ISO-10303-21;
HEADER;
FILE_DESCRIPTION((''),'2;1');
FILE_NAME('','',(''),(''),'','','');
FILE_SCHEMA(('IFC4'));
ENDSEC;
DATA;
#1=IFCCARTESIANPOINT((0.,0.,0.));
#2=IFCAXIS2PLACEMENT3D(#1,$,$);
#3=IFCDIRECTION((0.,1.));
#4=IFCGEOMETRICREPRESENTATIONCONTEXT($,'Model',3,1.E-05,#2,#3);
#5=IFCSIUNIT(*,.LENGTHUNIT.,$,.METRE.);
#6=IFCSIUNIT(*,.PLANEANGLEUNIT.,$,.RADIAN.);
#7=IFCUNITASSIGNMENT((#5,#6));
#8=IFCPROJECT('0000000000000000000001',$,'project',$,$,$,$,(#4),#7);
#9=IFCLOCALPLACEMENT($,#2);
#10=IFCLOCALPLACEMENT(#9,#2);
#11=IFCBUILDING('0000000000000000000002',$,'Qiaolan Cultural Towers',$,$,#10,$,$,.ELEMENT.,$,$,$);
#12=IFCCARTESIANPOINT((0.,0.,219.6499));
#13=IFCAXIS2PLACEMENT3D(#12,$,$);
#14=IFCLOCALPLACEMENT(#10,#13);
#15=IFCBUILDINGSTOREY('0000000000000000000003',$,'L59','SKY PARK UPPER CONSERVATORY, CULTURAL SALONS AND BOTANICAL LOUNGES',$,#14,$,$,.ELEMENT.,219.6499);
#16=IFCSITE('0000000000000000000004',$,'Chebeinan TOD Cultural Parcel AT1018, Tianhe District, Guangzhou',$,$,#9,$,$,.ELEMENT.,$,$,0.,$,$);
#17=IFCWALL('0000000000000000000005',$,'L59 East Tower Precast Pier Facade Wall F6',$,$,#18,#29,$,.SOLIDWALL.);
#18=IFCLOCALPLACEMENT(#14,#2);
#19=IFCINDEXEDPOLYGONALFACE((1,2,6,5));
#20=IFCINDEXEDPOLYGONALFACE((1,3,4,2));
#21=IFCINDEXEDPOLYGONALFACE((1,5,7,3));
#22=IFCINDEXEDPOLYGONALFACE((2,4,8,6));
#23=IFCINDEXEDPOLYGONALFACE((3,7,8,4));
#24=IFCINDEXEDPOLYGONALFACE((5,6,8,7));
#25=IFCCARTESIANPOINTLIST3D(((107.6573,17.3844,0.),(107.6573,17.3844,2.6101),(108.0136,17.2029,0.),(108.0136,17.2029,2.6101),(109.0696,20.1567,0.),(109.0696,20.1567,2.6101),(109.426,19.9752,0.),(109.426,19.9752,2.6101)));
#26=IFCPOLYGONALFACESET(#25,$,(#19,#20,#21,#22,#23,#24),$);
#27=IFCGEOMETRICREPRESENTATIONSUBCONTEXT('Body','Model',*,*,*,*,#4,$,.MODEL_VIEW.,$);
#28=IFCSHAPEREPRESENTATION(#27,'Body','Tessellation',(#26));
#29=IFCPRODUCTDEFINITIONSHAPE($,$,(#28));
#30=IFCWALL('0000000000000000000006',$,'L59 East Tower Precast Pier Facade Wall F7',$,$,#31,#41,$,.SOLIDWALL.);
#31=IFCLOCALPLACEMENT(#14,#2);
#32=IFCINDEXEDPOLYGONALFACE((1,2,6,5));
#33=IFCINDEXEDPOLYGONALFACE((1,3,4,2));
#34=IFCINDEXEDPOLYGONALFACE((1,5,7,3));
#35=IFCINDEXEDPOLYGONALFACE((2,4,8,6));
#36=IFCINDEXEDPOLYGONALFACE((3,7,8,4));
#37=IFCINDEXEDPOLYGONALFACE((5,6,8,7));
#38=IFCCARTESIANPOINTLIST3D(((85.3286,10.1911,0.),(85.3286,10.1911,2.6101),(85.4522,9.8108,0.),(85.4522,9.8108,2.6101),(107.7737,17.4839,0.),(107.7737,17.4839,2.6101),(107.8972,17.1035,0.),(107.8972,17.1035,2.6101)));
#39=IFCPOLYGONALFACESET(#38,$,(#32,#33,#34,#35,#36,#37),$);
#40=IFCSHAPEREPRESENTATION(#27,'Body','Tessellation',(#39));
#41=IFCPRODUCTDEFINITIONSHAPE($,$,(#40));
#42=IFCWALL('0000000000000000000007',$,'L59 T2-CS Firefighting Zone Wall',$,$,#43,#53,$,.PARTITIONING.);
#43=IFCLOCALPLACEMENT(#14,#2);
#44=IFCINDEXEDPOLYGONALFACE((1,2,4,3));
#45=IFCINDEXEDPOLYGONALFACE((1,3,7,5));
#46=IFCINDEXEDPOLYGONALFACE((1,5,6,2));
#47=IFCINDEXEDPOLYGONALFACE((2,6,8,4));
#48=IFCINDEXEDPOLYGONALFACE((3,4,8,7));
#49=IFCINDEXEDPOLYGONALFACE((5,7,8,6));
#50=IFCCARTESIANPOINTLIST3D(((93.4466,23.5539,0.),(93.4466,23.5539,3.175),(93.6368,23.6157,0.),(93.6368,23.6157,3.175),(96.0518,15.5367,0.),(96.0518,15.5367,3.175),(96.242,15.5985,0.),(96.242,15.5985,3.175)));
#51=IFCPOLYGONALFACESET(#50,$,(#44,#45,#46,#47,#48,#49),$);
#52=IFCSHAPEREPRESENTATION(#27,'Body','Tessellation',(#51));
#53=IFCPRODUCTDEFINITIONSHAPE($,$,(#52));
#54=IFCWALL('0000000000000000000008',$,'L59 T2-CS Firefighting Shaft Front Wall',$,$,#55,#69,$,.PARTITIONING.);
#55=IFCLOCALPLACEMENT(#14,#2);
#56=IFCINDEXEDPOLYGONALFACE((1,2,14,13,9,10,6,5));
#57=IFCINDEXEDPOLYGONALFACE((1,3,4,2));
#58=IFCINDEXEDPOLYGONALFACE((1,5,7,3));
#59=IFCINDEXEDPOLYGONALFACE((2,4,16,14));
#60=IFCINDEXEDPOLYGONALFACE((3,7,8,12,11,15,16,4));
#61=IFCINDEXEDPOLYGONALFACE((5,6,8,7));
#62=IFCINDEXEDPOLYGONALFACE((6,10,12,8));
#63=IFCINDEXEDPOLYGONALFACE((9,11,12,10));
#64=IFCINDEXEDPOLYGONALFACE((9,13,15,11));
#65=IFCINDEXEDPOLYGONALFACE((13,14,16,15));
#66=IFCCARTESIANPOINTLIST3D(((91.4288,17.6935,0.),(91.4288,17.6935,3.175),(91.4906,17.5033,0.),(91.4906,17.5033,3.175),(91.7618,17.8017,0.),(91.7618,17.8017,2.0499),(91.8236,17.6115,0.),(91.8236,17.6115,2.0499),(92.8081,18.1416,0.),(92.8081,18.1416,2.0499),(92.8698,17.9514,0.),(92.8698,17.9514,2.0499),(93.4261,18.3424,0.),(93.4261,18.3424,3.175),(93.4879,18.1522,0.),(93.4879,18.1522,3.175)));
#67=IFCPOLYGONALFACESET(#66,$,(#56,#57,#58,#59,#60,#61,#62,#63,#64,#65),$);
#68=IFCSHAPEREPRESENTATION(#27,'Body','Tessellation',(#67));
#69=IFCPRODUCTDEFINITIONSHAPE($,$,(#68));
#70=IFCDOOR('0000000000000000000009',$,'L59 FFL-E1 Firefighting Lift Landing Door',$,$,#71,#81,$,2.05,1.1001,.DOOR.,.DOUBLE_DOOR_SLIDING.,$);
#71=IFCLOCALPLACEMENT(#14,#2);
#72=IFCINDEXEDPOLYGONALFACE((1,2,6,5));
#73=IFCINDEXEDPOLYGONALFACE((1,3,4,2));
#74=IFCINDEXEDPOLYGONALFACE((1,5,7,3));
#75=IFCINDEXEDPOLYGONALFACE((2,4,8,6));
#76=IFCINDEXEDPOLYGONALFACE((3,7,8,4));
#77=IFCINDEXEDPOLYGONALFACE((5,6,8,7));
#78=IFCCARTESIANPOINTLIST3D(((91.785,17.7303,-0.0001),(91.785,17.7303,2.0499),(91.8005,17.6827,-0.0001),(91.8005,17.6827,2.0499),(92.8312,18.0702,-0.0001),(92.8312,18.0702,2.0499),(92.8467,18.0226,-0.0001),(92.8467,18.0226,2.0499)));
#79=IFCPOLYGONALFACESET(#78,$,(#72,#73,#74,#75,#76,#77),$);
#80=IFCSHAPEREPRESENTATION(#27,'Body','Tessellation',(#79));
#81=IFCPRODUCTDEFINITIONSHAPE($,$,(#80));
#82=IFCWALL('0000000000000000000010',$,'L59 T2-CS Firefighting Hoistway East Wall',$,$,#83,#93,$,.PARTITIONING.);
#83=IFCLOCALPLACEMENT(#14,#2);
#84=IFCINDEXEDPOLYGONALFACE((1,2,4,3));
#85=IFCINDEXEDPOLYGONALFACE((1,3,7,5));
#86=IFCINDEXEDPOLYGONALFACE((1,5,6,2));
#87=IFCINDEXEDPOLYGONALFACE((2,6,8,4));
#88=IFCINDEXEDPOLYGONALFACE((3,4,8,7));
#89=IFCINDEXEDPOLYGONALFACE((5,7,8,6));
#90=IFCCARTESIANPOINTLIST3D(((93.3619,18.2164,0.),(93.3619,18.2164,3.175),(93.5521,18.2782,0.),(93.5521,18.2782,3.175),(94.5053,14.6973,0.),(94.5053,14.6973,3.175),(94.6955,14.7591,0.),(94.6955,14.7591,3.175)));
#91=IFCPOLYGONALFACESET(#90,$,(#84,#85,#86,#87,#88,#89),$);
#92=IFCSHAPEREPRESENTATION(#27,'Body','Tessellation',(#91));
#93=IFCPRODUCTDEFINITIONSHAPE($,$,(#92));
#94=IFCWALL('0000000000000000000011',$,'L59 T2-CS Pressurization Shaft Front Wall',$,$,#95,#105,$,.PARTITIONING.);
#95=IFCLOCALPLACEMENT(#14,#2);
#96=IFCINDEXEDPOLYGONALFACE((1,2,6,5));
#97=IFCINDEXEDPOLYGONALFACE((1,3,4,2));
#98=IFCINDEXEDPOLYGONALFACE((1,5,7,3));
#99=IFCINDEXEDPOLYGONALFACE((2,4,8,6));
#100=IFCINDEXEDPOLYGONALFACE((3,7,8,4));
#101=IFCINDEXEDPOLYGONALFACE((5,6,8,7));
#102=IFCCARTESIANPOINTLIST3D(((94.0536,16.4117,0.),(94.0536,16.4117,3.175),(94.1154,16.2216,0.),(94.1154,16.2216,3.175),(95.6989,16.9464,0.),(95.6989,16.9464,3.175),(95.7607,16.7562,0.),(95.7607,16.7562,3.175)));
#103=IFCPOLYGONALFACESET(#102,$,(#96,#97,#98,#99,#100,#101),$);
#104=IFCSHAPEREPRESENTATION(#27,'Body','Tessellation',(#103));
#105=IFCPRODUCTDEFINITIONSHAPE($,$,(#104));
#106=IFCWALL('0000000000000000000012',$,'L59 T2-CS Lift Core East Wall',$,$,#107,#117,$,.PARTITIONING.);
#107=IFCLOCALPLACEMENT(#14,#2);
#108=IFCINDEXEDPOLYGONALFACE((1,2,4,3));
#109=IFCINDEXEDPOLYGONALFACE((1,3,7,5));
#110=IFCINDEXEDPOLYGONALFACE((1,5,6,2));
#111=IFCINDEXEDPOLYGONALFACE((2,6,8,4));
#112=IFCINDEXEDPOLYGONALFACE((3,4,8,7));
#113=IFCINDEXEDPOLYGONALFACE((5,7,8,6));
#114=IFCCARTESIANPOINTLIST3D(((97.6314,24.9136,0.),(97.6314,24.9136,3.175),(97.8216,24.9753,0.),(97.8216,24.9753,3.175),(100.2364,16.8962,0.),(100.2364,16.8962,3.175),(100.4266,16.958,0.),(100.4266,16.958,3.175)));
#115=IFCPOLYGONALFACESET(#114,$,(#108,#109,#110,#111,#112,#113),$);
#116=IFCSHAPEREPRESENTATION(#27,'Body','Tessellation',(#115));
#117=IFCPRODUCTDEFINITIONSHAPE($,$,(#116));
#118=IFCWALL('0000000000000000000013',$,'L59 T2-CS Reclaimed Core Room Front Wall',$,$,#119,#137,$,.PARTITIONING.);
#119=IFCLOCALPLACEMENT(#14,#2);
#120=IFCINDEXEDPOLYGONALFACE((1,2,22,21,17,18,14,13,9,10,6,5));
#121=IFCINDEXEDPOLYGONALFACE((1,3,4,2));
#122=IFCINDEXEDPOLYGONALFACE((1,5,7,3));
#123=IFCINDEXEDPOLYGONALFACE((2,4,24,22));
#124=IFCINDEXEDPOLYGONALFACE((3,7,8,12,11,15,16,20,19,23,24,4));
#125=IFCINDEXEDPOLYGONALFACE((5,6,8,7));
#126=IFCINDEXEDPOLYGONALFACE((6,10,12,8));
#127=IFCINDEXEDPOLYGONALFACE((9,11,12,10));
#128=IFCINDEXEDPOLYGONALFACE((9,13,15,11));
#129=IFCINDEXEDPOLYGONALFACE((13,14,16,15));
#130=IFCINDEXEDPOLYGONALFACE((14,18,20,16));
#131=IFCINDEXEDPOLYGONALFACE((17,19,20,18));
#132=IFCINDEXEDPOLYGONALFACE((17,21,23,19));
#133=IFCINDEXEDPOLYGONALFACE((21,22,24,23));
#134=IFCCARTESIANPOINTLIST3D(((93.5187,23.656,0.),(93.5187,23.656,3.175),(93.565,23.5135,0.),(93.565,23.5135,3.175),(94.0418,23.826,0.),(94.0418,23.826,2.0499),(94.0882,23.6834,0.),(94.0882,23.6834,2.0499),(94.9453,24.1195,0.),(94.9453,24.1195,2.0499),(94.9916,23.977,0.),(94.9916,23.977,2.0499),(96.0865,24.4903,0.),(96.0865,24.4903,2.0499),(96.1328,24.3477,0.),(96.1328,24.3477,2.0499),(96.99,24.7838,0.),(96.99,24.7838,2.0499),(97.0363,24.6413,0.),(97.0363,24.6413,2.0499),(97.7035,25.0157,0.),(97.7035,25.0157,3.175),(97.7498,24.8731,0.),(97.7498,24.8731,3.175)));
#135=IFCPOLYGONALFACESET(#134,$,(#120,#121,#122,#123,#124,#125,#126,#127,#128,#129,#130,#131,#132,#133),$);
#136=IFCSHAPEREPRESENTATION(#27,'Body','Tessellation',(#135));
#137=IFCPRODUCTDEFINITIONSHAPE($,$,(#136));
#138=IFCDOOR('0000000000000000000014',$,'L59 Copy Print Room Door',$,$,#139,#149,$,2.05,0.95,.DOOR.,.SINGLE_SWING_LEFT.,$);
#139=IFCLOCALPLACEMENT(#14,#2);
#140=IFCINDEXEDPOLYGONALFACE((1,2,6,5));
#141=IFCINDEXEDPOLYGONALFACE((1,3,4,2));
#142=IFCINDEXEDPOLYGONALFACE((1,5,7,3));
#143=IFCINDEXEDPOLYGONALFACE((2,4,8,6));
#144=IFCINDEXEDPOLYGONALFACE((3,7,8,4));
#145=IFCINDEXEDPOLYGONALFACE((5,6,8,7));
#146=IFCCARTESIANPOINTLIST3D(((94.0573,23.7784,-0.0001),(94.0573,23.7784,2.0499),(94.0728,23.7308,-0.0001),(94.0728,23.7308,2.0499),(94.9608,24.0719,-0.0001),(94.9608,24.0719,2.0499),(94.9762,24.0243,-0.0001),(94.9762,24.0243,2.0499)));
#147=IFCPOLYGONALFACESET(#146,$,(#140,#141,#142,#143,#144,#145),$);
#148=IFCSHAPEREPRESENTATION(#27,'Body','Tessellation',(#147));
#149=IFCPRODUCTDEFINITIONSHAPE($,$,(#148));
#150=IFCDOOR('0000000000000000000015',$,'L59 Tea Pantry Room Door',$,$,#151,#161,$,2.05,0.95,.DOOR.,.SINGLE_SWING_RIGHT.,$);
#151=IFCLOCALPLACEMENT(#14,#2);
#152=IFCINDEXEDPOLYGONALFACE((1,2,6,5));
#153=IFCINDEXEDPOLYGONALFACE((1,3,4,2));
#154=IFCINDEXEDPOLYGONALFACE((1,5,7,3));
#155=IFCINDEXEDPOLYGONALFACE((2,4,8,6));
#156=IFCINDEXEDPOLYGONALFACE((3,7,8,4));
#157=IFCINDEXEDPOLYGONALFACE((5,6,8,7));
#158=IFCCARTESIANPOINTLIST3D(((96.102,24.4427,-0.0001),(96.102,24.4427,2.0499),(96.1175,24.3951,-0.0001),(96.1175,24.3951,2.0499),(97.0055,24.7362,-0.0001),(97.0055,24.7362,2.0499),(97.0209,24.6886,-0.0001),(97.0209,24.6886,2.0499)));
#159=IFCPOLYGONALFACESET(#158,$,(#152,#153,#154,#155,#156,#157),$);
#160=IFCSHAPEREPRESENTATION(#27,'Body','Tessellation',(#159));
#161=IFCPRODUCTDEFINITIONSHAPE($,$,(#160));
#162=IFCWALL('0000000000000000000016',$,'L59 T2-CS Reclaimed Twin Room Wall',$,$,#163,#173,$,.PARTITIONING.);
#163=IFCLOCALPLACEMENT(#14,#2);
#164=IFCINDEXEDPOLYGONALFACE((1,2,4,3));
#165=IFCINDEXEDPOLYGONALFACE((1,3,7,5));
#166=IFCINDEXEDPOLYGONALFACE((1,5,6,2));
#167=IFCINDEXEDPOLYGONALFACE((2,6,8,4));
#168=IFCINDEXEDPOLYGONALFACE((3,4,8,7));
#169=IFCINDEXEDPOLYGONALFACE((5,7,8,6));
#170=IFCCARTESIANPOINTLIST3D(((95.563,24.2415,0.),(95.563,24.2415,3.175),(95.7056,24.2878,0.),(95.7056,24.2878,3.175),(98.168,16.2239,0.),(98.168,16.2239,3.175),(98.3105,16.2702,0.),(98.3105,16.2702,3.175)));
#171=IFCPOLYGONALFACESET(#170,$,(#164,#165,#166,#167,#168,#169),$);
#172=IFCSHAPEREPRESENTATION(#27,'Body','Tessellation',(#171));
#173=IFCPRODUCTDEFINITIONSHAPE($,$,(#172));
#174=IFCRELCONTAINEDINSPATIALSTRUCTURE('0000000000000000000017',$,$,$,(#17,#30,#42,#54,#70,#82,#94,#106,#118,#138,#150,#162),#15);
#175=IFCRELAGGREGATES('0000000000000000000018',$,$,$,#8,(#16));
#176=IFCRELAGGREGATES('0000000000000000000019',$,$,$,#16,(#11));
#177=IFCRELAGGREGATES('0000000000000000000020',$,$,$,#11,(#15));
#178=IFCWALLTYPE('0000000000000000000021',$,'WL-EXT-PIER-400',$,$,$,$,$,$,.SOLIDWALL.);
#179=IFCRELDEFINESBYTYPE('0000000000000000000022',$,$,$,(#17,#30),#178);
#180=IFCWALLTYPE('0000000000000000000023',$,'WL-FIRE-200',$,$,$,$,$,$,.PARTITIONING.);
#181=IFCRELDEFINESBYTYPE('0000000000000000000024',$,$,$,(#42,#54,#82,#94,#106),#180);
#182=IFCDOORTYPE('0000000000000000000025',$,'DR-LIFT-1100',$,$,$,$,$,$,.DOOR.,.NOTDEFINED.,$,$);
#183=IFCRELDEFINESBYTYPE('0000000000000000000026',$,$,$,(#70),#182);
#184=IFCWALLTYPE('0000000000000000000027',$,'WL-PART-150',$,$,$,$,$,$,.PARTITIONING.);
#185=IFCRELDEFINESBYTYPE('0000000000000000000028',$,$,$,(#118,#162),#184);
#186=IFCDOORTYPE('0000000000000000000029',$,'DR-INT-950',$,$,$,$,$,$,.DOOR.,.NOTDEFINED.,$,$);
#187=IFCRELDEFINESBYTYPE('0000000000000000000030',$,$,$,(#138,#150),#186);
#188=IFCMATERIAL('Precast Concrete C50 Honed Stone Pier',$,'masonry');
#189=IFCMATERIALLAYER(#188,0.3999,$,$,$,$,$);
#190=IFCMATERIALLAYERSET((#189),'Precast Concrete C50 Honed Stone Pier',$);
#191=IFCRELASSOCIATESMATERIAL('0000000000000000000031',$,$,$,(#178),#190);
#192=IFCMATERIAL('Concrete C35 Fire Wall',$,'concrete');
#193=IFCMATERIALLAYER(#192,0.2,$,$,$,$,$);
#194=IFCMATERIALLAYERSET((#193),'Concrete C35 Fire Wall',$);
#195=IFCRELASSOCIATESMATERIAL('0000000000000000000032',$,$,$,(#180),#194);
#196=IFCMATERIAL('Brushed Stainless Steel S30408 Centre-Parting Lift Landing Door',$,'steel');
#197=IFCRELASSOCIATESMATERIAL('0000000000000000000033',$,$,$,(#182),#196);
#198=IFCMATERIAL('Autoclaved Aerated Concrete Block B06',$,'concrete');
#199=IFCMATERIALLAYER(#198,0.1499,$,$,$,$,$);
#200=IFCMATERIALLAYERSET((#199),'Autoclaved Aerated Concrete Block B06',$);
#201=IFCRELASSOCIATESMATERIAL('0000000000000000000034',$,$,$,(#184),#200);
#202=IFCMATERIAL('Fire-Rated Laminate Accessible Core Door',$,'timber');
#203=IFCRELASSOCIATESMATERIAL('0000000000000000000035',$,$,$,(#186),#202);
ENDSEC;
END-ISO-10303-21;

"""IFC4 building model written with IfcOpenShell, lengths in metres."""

from ifc_helpers import new_model, si_unit, direction, frame, frame_2d, origin, place, context, subcontext, project, spatial, rectangle, extrude, material, layer, layer_set, type_object, element, fill, save


model = new_model("IFC4")

# Units and contexts
model_context = context("Model", 3, precision=1e-05, world=origin(), true_north=direction((0.0, 1.0)))
body_context = subcontext(model_context, "Body", "Model", "MODEL_VIEW")
ifc_project = project(units=[si_unit("LENGTHUNIT", "METRE"), si_unit("PLANEANGLEUNIT", "RADIAN")], contexts=[model_context])

# Site, building, storey
site_placement = place(None, origin())
site = spatial("IfcSite", under=ifc_project, at=site_placement, Name="Chebeinan TOD Cultural Parcel AT1018, Tianhe District, Guangzhou", CompositionType="ELEMENT", RefElevation=0.0)
building_placement = place(site_placement, origin())
building = spatial("IfcBuilding", under=site, at=building_placement, Name="Qiaolan Cultural Towers", CompositionType="ELEMENT")
storey_placement = place(building_placement, frame((0.0, 0.0, 219.6499)))
storey = spatial("IfcBuildingStorey", under=building, at=storey_placement, Name="L59", Description="SKY PARK UPPER CONSERVATORY, CULTURAL SALONS AND BOTANICAL LOUNGES", CompositionType="ELEMENT", Elevation=219.6499)

# Walls
ifc_material_1 = material(Name="Precast Concrete C50 Honed Stone Pier", Category="masonry")
ifc_layer_1 = layer(ifc_material_1, 0.3999)
ifc_layer_set_1 = layer_set([ifc_layer_1], Name="Precast Concrete C50 Honed Stone Pier")
wall_type_1 = type_object("IfcWallType", Name="WL-EXT-PIER-400", PredefinedType="SOLIDWALL", material=ifc_layer_set_1)
wall_1_placement = place(storey_placement, frame((109.2478, 20.0659, 0.0), z_axis=(0.0, 0.0, 1.0), x_axis=(-0.453949, -0.891028, 0.0)))
element("IfcWall", 1, at=wall_1_placement, inside=storey, type_object=wall_type_1, Name="L59 East Tower Precast Pier Facade Wall F6", PredefinedType="SOLIDWALL", context=body_context, shape_type="SweptSolid", body=[
    extrude(rectangle(XDim=3.1113, YDim=0.3999, at=frame_2d((1.5557, 0.0))), origin(), (0.0, 0.0, 1.0), 2.6101),
])
wall_2_placement = place(storey_placement, frame((107.8354, 17.2937, 0.0), z_axis=(0.0, 0.0, 1.0), x_axis=(-0.951058, -0.309012, 0.0)))
element("IfcWall", 2, at=wall_2_placement, inside=storey, type_object=wall_type_1, Name="L59 East Tower Precast Pier Facade Wall F7", PredefinedType="SOLIDWALL", context=body_context, shape_type="SweptSolid", body=[
    extrude(rectangle(XDim=23.6001, YDim=0.3999, at=frame_2d((11.8, 0.0))), origin(), (0.0, 0.0, 1.0), 2.6101),
])
ifc_material_2 = material(Name="Concrete C35 Fire Wall", Category="concrete")
ifc_layer_2 = layer(ifc_material_2, 0.2)
ifc_layer_set_2 = layer_set([ifc_layer_2], Name="Concrete C35 Fire Wall")
wall_type_2 = type_object("IfcWallType", Name="WL-FIRE-200", PredefinedType="PARTITIONING", material=ifc_layer_set_2)
wall_3_placement = place(storey_placement, frame((93.5417, 23.5847, 0.0), z_axis=(0.0, 0.0, 1.0), x_axis=(0.309042, -0.951048, 0.0)))
element("IfcWall", 3, at=wall_3_placement, inside=storey, type_object=wall_type_2, Name="L59 T2-CS Firefighting Zone Wall", PredefinedType="PARTITIONING", context=body_context, shape_type="SweptSolid", body=[
    extrude(rectangle(XDim=8.4299, YDim=0.2, at=frame_2d((4.2148, 0.0))), origin(), (0.0, 0.0, 1.0), 3.175),
])

# Wall, opening, door
wall_4_placement = place(storey_placement, frame((91.4597, 17.5984, 0.0), z_axis=(0.0, 0.0, 1.0), x_axis=(0.951062, 0.308999, 0.0)))
wall_4 = element("IfcWall", 4, at=wall_4_placement, inside=storey, type_object=wall_type_2, Name="L59 T2-CS Firefighting Shaft Front Wall", PredefinedType="PARTITIONING", context=body_context, shape_type="SweptSolid", body=[
    extrude(rectangle(XDim=2.1001, YDim=0.2, at=frame_2d((1.05, 0.0))), origin(), (0.0, 0.0, 1.0), 3.175),
])
opening_1_placement = place(wall_4_placement, frame((0.3501, 0.0, 0.0)))
opening_1 = element("IfcOpeningElement", 5, at=opening_1_placement, cuts=wall_4, PredefinedType="OPENING", context=body_context, shape_type="SweptSolid", body=[
    extrude(rectangle(XDim=1.1001, YDim=2.05, at=frame_2d((0.55, 1.0249))), frame((0.0, 0.1099, 0.0), z_axis=(0.0, -1.0, 0.0), x_axis=(1.0, 0.0, 0.0)), (0.0, 0.0, 1.0), 0.22),
])
ifc_material_3 = material(Name="Brushed Stainless Steel S30408 Centre-Parting Lift Landing Door", Category="steel")
door_type_1 = type_object("IfcDoorType", Name="DR-LIFT-1100", OperationType="NOTDEFINED", PredefinedType="DOOR", material=ifc_material_3)
door_1_placement = place(opening_1_placement, origin())
door_1 = element("IfcDoor", 6, at=door_1_placement, inside=storey, type_object=door_type_1, Name="L59 FFL-E1 Firefighting Lift Landing Door", OperationType="DOUBLE_DOOR_SLIDING", OverallHeight=2.05, OverallWidth=1.1001, PredefinedType="DOOR", context=body_context, shape_type="SweptSolid", body=[
    extrude(rectangle(XDim=1.1001, YDim=2.05, at=frame_2d((0.55, 1.0249))), frame((0.0, 0.0249, 0.0), z_axis=(0.0, -1.0, 0.0), x_axis=(1.0, 0.0, 0.0)), (0.0, 0.0, 1.0), 0.05),
])
fill(opening_1, door_1)

# Walls
wall_5_placement = place(storey_placement, frame((93.457, 18.2473, 0.0), z_axis=(0.0, 0.0, 1.0), x_axis=(0.308994, -0.951064, 0.0)))
element("IfcWall", 7, at=wall_5_placement, inside=storey, type_object=wall_type_2, Name="L59 T2-CS Firefighting Hoistway East Wall", PredefinedType="PARTITIONING", context=body_context, shape_type="SweptSolid", body=[
    extrude(rectangle(XDim=3.7002, YDim=0.2, at=frame_2d((1.8501, 0.0))), origin(), (0.0, 0.0, 1.0), 3.175),
])
wall_6_placement = place(storey_placement, frame((94.0845, 16.3167, 0.0), z_axis=(0.0, 0.0, 1.0), x_axis=(0.951041, 0.309064, 0.0)))
element("IfcWall", 8, at=wall_6_placement, inside=storey, type_object=wall_type_2, Name="L59 T2-CS Pressurization Shaft Front Wall", PredefinedType="PARTITIONING", context=body_context, shape_type="SweptSolid", body=[
    extrude(rectangle(XDim=1.73, YDim=0.2, at=frame_2d((0.865, 0.0))), origin(), (0.0, 0.0, 1.0), 3.175),
])
wall_7_placement = place(storey_placement, frame((97.7266, 24.9443, 0.0), z_axis=(0.0, 0.0, 1.0), x_axis=(0.309016, -0.951057, 0.0)))
element("IfcWall", 9, at=wall_7_placement, inside=storey, type_object=wall_type_2, Name="L59 T2-CS Lift Core East Wall", PredefinedType="PARTITIONING", context=body_context, shape_type="SweptSolid", body=[
    extrude(rectangle(XDim=8.4299, YDim=0.2, at=frame_2d((4.2148, 0.0))), origin(), (0.0, 0.0, 1.0), 3.175),
])

# Wall, openings, doors
ifc_material_4 = material(Name="Autoclaved Aerated Concrete Block B06", Category="concrete")
ifc_layer_3 = layer(ifc_material_4, 0.1499)
ifc_layer_set_3 = layer_set([ifc_layer_3], Name="Autoclaved Aerated Concrete Block B06")
wall_type_3 = type_object("IfcWallType", Name="WL-PART-150", PredefinedType="PARTITIONING", material=ifc_layer_set_3)
wall_8_placement = place(storey_placement, frame((93.5417, 23.5847, 0.0), z_axis=(0.0, 0.0, 1.0), x_axis=(0.951064, 0.308994, 0.0)))
wall_8 = element("IfcWall", 10, at=wall_8_placement, inside=storey, type_object=wall_type_3, Name="L59 T2-CS Reclaimed Core Room Front Wall", PredefinedType="PARTITIONING", context=body_context, shape_type="SweptSolid", body=[
    extrude(rectangle(XDim=4.4001, YDim=0.1499, at=frame_2d((2.2002, 0.0))), origin(), (0.0, 0.0, 1.0), 3.175),
])
opening_2_placement = place(wall_8_placement, frame((0.55, 0.0, 0.0)))
opening_2 = element("IfcOpeningElement", 11, at=opening_2_placement, cuts=wall_8, PredefinedType="OPENING", context=body_context, shape_type="SweptSolid", body=[
    extrude(rectangle(XDim=0.95, YDim=2.05, at=frame_2d((0.4751, 1.0249))), frame((0.0, 0.085, 0.0), z_axis=(0.0, -1.0, 0.0), x_axis=(1.0, 0.0, 0.0)), (0.0, 0.0, 1.0), 0.1699),
])
opening_3_placement = place(wall_8_placement, frame((2.7, 0.0, 0.0)))
opening_3 = element("IfcOpeningElement", 12, at=opening_3_placement, cuts=wall_8, PredefinedType="OPENING", context=body_context, shape_type="SweptSolid", body=[
    extrude(rectangle(XDim=0.95, YDim=2.05, at=frame_2d((0.4751, 1.0249))), frame((0.0, 0.085, 0.0), z_axis=(0.0, -1.0, 0.0), x_axis=(1.0, 0.0, 0.0)), (0.0, 0.0, 1.0), 0.1699),
])
ifc_material_5 = material(Name="Fire-Rated Laminate Accessible Core Door", Category="timber")
door_type_2 = type_object("IfcDoorType", Name="DR-INT-950", OperationType="NOTDEFINED", PredefinedType="DOOR", material=ifc_material_5)
door_2_placement = place(opening_2_placement, origin())
door_2 = element("IfcDoor", 13, at=door_2_placement, inside=storey, type_object=door_type_2, Name="L59 Copy Print Room Door", OperationType="SINGLE_SWING_LEFT", OverallHeight=2.05, OverallWidth=0.95, PredefinedType="DOOR", context=body_context, shape_type="SweptSolid", body=[
    extrude(rectangle(XDim=0.95, YDim=2.05, at=frame_2d((0.4751, 1.0249))), frame((0.0, 0.0249, 0.0), z_axis=(0.0, -1.0, 0.0), x_axis=(1.0, 0.0, 0.0)), (0.0, 0.0, 1.0), 0.05),
])
fill(opening_2, door_2)
door_3_placement = place(opening_3_placement, origin())
door_3 = element("IfcDoor", 14, at=door_3_placement, inside=storey, type_object=door_type_2, Name="L59 Tea Pantry Room Door", OperationType="SINGLE_SWING_RIGHT", OverallHeight=2.05, OverallWidth=0.95, PredefinedType="DOOR", context=body_context, shape_type="SweptSolid", body=[
    extrude(rectangle(XDim=0.95, YDim=2.05, at=frame_2d((0.4751, 1.0249))), frame((0.0, 0.0249, 0.0), z_axis=(0.0, -1.0, 0.0), x_axis=(1.0, 0.0, 0.0)), (0.0, 0.0, 1.0), 0.05),
])
fill(opening_3, door_3)

# Wall
wall_9_placement = place(storey_placement, frame((95.6343, 24.2646, 0.0), z_axis=(0.0, 0.0, 1.0), x_axis=(0.309007, -0.95106, 0.0)))
element("IfcWall", 15, at=wall_9_placement, inside=storey, type_object=wall_type_3, Name="L59 T2-CS Reclaimed Twin Room Wall", PredefinedType="PARTITIONING", context=body_context, shape_type="SweptSolid", body=[
    extrude(rectangle(XDim=8.4302, YDim=0.1499, at=frame_2d((4.2151, 0.0))), origin(), (0.0, 0.0, 1.0), 3.175),
])

save(model, "model.ifc")
